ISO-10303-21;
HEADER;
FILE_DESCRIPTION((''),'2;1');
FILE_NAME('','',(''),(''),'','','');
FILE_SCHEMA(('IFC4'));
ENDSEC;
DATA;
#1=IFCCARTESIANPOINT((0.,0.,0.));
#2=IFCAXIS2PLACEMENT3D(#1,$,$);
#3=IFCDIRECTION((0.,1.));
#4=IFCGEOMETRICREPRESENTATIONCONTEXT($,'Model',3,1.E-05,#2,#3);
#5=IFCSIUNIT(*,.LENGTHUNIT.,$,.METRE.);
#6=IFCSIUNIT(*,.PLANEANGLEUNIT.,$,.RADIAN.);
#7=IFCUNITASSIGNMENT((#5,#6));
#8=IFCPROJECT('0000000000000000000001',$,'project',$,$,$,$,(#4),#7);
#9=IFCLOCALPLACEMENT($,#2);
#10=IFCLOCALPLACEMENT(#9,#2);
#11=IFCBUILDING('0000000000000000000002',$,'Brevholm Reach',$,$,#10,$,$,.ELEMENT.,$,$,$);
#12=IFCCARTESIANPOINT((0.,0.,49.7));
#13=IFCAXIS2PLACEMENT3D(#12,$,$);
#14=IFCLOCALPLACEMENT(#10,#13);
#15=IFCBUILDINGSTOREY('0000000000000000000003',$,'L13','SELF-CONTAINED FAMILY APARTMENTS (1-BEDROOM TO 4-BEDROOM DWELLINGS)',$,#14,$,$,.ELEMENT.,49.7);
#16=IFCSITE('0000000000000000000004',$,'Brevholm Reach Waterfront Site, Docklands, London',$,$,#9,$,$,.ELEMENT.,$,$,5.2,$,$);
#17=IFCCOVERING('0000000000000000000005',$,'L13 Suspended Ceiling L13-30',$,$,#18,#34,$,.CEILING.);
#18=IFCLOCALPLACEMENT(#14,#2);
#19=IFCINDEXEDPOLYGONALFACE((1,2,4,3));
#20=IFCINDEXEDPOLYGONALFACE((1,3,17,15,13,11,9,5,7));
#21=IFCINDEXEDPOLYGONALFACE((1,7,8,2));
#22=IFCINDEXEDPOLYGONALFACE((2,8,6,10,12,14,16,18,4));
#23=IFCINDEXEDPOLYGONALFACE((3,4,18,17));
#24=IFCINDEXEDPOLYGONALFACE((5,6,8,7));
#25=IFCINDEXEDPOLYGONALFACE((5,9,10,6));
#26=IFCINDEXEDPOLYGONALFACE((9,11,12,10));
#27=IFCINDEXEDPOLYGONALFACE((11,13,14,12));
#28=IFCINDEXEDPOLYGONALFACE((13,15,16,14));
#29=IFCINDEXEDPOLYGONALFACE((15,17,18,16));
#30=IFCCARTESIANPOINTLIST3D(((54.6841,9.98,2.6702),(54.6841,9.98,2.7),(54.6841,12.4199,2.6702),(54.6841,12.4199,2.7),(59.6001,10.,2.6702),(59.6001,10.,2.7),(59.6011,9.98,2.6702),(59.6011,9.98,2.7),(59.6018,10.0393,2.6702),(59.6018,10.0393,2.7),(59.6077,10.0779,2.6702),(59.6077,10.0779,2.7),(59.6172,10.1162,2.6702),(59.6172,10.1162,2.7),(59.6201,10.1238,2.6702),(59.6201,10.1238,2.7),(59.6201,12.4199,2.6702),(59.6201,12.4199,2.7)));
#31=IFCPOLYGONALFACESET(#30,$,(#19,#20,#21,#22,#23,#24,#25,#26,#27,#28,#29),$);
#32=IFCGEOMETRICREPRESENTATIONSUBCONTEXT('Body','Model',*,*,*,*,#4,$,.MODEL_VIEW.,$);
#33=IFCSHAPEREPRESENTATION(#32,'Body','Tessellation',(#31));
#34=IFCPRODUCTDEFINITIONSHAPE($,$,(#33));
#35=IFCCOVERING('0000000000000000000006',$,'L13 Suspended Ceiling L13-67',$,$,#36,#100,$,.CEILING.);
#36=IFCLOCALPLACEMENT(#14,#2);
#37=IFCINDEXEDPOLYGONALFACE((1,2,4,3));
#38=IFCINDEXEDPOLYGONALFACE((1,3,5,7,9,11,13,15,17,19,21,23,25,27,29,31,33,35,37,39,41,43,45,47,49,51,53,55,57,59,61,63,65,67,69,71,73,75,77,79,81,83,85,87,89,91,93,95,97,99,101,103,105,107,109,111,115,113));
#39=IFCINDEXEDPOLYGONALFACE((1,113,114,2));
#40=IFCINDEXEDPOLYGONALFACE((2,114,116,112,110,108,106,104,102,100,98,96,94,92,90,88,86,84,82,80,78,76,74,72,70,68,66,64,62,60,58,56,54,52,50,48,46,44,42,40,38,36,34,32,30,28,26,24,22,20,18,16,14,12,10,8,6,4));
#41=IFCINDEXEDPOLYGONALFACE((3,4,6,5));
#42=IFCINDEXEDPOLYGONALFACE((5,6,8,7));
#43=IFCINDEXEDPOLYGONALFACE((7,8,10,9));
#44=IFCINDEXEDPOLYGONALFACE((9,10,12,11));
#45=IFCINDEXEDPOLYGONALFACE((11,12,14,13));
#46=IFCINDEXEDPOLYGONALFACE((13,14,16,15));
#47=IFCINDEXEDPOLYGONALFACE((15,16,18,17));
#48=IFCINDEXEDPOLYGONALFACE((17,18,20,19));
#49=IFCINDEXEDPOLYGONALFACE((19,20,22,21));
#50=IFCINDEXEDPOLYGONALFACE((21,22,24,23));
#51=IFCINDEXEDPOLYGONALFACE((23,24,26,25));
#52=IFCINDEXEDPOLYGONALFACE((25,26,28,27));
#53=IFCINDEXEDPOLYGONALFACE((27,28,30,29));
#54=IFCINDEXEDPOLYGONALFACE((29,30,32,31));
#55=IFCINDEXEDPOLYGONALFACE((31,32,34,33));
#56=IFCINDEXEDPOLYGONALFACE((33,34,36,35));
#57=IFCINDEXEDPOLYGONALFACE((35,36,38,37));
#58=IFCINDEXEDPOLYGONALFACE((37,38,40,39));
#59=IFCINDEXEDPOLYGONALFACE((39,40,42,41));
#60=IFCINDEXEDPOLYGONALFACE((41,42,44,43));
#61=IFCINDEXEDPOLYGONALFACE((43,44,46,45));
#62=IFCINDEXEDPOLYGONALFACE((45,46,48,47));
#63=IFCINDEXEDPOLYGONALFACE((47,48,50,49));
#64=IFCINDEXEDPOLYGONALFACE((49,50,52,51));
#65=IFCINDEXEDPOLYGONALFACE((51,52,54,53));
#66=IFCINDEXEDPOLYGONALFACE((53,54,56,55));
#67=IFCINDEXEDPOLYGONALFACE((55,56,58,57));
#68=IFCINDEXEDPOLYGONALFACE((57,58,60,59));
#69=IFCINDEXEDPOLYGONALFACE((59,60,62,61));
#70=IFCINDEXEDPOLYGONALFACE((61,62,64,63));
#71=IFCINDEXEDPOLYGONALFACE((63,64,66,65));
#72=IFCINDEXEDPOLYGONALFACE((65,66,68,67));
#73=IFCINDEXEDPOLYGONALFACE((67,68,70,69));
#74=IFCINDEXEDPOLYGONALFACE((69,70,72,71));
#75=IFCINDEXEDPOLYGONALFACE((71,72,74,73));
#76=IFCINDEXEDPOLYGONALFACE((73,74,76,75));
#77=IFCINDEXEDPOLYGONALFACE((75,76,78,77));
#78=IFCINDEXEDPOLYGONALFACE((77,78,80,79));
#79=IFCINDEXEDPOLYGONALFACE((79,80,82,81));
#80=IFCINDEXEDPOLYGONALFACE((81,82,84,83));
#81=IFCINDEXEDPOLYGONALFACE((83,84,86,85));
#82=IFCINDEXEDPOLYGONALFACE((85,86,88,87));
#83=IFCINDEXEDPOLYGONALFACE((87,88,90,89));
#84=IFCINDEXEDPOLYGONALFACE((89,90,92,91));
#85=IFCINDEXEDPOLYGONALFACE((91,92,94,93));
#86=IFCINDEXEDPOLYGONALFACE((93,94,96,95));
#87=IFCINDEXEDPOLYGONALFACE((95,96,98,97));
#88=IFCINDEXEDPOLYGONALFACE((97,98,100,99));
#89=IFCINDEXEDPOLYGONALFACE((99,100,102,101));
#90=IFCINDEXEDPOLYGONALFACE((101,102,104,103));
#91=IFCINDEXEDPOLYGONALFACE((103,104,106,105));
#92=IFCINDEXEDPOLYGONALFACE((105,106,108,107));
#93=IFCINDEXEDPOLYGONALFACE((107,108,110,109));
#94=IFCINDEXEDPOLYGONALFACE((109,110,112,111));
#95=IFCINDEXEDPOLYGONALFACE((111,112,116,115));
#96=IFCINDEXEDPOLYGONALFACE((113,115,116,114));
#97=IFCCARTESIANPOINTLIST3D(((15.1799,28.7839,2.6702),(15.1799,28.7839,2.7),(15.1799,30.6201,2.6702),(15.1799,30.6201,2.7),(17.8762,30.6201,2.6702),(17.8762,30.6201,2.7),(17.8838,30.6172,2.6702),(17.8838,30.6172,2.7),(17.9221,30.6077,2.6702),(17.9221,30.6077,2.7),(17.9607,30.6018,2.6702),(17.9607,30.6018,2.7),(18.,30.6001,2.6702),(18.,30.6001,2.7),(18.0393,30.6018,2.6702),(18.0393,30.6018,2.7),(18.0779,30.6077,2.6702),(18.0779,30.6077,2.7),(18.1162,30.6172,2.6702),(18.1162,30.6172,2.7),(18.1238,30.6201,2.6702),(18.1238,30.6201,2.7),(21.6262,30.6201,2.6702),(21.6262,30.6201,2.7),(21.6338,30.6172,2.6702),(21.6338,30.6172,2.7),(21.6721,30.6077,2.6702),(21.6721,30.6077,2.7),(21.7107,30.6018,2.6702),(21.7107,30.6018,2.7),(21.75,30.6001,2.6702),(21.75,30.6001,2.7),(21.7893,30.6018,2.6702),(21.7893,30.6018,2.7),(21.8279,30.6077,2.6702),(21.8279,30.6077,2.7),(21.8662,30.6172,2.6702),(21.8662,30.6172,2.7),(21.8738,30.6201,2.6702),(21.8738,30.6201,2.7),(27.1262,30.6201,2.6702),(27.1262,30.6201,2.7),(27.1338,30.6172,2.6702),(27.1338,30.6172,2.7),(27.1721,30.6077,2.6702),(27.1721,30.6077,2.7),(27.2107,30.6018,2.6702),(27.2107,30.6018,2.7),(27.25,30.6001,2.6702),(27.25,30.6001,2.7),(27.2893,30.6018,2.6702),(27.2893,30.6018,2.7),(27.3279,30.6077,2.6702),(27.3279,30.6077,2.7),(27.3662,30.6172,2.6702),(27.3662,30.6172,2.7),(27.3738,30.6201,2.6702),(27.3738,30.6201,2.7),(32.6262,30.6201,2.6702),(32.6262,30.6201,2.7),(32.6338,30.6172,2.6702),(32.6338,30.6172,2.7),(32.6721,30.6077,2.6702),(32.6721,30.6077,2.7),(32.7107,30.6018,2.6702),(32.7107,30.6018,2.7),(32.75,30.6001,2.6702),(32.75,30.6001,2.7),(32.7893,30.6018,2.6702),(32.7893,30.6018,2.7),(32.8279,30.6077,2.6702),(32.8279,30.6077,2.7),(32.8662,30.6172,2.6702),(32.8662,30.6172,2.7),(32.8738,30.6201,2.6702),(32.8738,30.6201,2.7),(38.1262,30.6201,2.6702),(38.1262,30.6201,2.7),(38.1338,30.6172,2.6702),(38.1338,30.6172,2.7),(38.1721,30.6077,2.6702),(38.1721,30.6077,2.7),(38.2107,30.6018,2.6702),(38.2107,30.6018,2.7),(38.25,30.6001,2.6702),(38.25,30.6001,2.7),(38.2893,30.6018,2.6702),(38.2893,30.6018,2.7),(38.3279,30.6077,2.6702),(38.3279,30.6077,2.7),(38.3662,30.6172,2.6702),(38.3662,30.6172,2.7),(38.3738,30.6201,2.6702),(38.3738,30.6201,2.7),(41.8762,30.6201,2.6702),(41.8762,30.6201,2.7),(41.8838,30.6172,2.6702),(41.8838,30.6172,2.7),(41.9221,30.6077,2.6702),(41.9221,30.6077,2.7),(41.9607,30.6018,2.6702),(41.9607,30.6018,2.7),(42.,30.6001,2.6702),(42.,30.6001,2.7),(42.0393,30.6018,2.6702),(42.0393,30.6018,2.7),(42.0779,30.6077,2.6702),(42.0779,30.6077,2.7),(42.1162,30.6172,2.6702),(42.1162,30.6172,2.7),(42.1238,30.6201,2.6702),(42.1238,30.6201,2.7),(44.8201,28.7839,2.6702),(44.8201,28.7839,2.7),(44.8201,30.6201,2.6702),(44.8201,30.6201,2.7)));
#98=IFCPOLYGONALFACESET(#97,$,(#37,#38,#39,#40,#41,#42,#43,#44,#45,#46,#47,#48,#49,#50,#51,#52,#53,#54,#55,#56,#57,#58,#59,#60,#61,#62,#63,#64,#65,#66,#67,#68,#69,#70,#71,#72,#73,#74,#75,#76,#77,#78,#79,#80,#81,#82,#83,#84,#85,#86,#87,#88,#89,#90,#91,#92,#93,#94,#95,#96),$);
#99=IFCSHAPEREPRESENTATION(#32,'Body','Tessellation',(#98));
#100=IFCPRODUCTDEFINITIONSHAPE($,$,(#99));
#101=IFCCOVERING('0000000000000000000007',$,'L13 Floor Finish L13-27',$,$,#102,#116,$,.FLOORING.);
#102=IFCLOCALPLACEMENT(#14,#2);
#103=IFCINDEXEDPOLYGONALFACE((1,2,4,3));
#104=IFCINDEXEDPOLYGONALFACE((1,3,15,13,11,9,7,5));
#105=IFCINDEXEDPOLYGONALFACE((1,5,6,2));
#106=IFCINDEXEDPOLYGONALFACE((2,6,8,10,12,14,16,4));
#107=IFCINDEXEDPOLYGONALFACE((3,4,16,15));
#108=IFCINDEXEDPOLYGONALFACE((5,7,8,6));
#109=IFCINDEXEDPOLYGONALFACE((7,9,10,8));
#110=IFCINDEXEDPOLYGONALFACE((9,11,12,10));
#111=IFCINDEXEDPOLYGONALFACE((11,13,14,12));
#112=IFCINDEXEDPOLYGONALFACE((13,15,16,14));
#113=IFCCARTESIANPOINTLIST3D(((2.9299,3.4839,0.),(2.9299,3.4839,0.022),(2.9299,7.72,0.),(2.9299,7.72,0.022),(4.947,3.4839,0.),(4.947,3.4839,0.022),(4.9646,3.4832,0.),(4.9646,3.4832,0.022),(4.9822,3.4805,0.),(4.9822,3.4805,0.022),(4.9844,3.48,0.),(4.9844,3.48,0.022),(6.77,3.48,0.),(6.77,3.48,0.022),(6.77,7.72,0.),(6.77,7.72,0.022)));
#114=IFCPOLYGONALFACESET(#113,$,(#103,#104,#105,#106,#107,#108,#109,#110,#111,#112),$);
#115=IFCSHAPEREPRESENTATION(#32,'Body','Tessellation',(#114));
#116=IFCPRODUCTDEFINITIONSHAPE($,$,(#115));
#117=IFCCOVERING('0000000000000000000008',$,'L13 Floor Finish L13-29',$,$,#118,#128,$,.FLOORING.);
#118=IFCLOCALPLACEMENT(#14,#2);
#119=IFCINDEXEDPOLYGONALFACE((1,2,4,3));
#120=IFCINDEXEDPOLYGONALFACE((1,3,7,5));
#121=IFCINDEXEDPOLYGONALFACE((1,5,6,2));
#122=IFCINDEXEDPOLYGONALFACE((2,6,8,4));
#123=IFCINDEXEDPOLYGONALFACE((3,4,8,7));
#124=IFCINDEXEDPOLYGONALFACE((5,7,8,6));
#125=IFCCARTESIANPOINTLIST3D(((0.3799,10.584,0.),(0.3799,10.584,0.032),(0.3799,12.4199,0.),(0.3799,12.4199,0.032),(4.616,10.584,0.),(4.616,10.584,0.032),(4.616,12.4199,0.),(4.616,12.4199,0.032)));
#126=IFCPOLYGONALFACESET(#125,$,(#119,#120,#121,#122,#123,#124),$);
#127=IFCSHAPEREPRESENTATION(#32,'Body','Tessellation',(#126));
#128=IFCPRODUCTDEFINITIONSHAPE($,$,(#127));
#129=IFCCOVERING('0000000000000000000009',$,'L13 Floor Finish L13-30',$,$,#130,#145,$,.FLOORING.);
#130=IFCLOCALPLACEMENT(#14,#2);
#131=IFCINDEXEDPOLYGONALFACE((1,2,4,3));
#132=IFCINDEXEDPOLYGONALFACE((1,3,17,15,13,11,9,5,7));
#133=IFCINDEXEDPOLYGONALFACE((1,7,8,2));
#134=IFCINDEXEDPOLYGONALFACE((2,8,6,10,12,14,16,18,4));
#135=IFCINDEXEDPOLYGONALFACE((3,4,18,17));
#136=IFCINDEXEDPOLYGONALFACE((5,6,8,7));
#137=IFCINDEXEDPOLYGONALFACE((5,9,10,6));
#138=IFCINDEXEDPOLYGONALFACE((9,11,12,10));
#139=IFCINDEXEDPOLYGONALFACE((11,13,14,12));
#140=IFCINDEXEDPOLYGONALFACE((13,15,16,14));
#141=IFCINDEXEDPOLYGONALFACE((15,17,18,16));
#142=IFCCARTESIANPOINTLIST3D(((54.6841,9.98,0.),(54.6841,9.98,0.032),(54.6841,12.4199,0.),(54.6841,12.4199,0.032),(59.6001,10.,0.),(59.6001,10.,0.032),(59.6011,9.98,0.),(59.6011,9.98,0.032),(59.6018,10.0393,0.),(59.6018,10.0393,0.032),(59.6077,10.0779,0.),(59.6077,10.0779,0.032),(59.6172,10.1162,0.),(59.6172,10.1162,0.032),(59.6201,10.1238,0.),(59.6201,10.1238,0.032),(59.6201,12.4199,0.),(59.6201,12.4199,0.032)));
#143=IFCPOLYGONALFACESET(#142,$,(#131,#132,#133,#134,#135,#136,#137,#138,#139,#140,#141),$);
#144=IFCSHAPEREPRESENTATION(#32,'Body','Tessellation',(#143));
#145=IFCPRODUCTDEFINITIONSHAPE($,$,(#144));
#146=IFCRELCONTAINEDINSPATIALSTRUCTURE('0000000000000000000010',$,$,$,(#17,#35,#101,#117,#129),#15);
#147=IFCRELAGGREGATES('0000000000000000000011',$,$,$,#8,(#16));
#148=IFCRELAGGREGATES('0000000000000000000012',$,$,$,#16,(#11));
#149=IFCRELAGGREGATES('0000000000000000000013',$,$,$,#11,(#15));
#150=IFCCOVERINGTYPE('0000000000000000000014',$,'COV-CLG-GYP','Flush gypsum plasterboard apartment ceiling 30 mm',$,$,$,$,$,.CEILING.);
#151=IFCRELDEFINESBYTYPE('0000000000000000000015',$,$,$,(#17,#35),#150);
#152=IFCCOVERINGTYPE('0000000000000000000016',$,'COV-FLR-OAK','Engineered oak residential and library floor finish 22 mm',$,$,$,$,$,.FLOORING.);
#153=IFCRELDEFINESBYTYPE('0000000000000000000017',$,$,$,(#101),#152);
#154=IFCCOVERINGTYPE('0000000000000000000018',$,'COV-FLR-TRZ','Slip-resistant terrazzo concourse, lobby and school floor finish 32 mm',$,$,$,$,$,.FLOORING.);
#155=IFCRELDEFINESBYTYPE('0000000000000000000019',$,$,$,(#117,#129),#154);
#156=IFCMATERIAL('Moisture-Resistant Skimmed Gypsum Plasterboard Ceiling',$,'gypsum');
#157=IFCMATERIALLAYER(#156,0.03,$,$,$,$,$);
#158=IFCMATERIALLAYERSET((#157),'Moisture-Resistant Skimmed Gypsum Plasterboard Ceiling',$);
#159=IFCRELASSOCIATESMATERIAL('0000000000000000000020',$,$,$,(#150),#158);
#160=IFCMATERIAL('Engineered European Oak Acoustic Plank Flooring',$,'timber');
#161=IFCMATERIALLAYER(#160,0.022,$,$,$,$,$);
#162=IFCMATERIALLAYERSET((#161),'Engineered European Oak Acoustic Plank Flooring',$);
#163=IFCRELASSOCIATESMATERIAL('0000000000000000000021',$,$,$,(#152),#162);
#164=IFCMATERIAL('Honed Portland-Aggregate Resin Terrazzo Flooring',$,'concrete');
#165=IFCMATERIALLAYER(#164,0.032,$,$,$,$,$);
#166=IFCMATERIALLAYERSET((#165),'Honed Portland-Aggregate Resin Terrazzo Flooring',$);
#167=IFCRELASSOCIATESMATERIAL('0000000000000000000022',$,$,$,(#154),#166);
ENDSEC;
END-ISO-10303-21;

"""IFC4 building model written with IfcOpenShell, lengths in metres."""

from ifc_helpers import new_model, si_unit, direction, frame, origin, place, context, subcontext, project, spatial, polyline, outline, extrude, material, layer, layer_set, type_object, element, save


model = new_model("IFC4")

# Units and contexts
model_context = context("Model", 3, precision=1e-05, world=origin(), true_north=direction((0.0, 1.0)))
body_context = subcontext(model_context, "Body", "Model", "MODEL_VIEW")
ifc_project = project(units=[si_unit("LENGTHUNIT", "METRE"), si_unit("PLANEANGLEUNIT", "RADIAN")], contexts=[model_context])

# Site, building, storey
site_placement = place(None, origin())
site = spatial("IfcSite", under=ifc_project, at=site_placement, Name="Brevholm Reach Waterfront Site, Docklands, London", CompositionType="ELEMENT", RefElevation=5.2)
building_placement = place(site_placement, origin())
building = spatial("IfcBuilding", under=site, at=building_placement, Name="Brevholm Reach", CompositionType="ELEMENT")
storey_placement = place(building_placement, frame((0.0, 0.0, 49.7)))
storey = spatial("IfcBuildingStorey", under=building, at=storey_placement, Name="L13", Description="SELF-CONTAINED FAMILY APARTMENTS (1-BEDROOM TO 4-BEDROOM DWELLINGS)", CompositionType="ELEMENT", Elevation=49.7)

# Coverings
ifc_material_1 = material(Name="Moisture-Resistant Skimmed Gypsum Plasterboard Ceiling", Category="gypsum")
ifc_layer_1 = layer(ifc_material_1, 0.03)
ifc_layer_set_1 = layer_set([ifc_layer_1], Name="Moisture-Resistant Skimmed Gypsum Plasterboard Ceiling")
covering_type_1 = type_object("IfcCoveringType", Name="COV-CLG-GYP", Description="Flush gypsum plasterboard apartment ceiling 30 mm", PredefinedType="CEILING", material=ifc_layer_set_1)
covering_1_placement = place(storey_placement, frame((0.0, 0.0, 2.6702)))
element("IfcCovering", 1, at=covering_1_placement, inside=storey, type_object=covering_type_1, Name="L13 Suspended Ceiling L13-30", PredefinedType="CEILING", context=body_context, shape_type="SweptSolid", body=[
    extrude(outline(polyline([(59.6201, 12.4199), (59.6201, 10.1238), (59.6172, 10.1162), (59.6077, 10.0779), (59.6018, 10.0393), (59.6001, 10.0), (59.6011, 9.98), (54.6841, 9.98), (54.6841, 12.4199), (59.6201, 12.4199)])), origin(), (0.0, 0.0, 1.0), 0.0298),
])
covering_2_placement = place(storey_placement, frame((0.0, 0.0, 2.6702)))
element("IfcCovering", 2, at=covering_2_placement, inside=storey, type_object=covering_type_1, Name="L13 Suspended Ceiling L13-67", PredefinedType="CEILING", context=body_context, shape_type="SweptSolid", body=[
    extrude(outline(polyline([(15.1799, 30.6201), (17.8762, 30.6201), (17.8838, 30.6172), (17.9221, 30.6077), (17.9607, 30.6018), (18.0, 30.6001), (18.0393, 30.6018), (18.0779, 30.6077), (18.1162, 30.6172), (18.1238, 30.6201), (21.6262, 30.6201), (21.6338, 30.6172), (21.6721, 30.6077), (21.7107, 30.6018), (21.75, 30.6001), (21.7893, 30.6018), (21.8279, 30.6077), (21.8662, 30.6172), (21.8738, 30.6201), (27.1262, 30.6201), (27.1338, 30.6172), (27.1721, 30.6077), (27.2107, 30.6018), (27.25, 30.6001), (27.2893, 30.6018), (27.3279, 30.6077), (27.3662, 30.6172), (27.3738, 30.6201), (32.6262, 30.6201), (32.6338, 30.6172), (32.6721, 30.6077), (32.7107, 30.6018), (32.75, 30.6001), (32.7893, 30.6018), (32.8279, 30.6077), (32.8662, 30.6172), (32.8738, 30.6201), (38.1262, 30.6201), (38.1338, 30.6172), (38.1721, 30.6077), (38.2107, 30.6018), (38.25, 30.6001), (38.2893, 30.6018), (38.3279, 30.6077), (38.3662, 30.6172), (38.3738, 30.6201), (41.8762, 30.6201), (41.8838, 30.6172), (41.9221, 30.6077), (41.9607, 30.6018), (42.0, 30.6001), (42.0393, 30.6018), (42.0779, 30.6077), (42.1162, 30.6172), (42.1238, 30.6201), (44.8201, 30.6201), (44.8201, 28.7839), (15.1799, 28.7839), (15.1799, 30.6201)])), origin(), (0.0, 0.0, 1.0), 0.0298),
])
ifc_material_2 = material(Name="Engineered European Oak Acoustic Plank Flooring", Category="timber")
ifc_layer_2 = layer(ifc_material_2, 0.022)
ifc_layer_set_2 = layer_set([ifc_layer_2], Name="Engineered European Oak Acoustic Plank Flooring")
covering_type_2 = type_object("IfcCoveringType", Name="COV-FLR-OAK", Description="Engineered oak residential and library floor finish 22 mm", PredefinedType="FLOORING", material=ifc_layer_set_2)
covering_3_placement = place(storey_placement, origin())
element("IfcCovering", 3, at=covering_3_placement, inside=storey, type_object=covering_type_2, Name="L13 Floor Finish L13-27", PredefinedType="FLOORING", context=body_context, shape_type="SweptSolid", body=[
    extrude(outline(polyline([(2.9299, 7.72), (6.77, 7.72), (6.77, 3.48), (4.9844, 3.48), (4.9822, 3.4805), (4.9646, 3.4832), (4.947, 3.4839), (2.9299, 3.4839), (2.9299, 7.72)])), origin(), (0.0, 0.0, 1.0), 0.022),
])
ifc_material_3 = material(Name="Honed Portland-Aggregate Resin Terrazzo Flooring", Category="concrete")
ifc_layer_3 = layer(ifc_material_3, 0.032)
ifc_layer_set_3 = layer_set([ifc_layer_3], Name="Honed Portland-Aggregate Resin Terrazzo Flooring")
covering_type_3 = type_object("IfcCoveringType", Name="COV-FLR-TRZ", Description="Slip-resistant terrazzo concourse, lobby and school floor finish 32 mm", PredefinedType="FLOORING", material=ifc_layer_set_3)
covering_4_placement = place(storey_placement, origin())
element("IfcCovering", 4, at=covering_4_placement, inside=storey, type_object=covering_type_3, Name="L13 Floor Finish L13-29", PredefinedType="FLOORING", context=body_context, shape_type="SweptSolid", body=[
    extrude(outline(polyline([(0.3799, 12.4199), (4.616, 12.4199), (4.616, 10.584), (0.3799, 10.584), (0.3799, 12.4199)])), origin(), (0.0, 0.0, 1.0), 0.032),
])
covering_5_placement = place(storey_placement, origin())
element("IfcCovering", 5, at=covering_5_placement, inside=storey, type_object=covering_type_3, Name="L13 Floor Finish L13-30", PredefinedType="FLOORING", context=body_context, shape_type="SweptSolid", body=[
    extrude(outline(polyline([(59.6201, 12.4199), (59.6201, 10.1238), (59.6172, 10.1162), (59.6077, 10.0779), (59.6018, 10.0393), (59.6001, 10.0), (59.6011, 9.98), (54.6841, 9.98), (54.6841, 12.4199), (59.6201, 12.4199)])), origin(), (0.0, 0.0, 1.0), 0.032),
])

save(model, "model.ifc")
